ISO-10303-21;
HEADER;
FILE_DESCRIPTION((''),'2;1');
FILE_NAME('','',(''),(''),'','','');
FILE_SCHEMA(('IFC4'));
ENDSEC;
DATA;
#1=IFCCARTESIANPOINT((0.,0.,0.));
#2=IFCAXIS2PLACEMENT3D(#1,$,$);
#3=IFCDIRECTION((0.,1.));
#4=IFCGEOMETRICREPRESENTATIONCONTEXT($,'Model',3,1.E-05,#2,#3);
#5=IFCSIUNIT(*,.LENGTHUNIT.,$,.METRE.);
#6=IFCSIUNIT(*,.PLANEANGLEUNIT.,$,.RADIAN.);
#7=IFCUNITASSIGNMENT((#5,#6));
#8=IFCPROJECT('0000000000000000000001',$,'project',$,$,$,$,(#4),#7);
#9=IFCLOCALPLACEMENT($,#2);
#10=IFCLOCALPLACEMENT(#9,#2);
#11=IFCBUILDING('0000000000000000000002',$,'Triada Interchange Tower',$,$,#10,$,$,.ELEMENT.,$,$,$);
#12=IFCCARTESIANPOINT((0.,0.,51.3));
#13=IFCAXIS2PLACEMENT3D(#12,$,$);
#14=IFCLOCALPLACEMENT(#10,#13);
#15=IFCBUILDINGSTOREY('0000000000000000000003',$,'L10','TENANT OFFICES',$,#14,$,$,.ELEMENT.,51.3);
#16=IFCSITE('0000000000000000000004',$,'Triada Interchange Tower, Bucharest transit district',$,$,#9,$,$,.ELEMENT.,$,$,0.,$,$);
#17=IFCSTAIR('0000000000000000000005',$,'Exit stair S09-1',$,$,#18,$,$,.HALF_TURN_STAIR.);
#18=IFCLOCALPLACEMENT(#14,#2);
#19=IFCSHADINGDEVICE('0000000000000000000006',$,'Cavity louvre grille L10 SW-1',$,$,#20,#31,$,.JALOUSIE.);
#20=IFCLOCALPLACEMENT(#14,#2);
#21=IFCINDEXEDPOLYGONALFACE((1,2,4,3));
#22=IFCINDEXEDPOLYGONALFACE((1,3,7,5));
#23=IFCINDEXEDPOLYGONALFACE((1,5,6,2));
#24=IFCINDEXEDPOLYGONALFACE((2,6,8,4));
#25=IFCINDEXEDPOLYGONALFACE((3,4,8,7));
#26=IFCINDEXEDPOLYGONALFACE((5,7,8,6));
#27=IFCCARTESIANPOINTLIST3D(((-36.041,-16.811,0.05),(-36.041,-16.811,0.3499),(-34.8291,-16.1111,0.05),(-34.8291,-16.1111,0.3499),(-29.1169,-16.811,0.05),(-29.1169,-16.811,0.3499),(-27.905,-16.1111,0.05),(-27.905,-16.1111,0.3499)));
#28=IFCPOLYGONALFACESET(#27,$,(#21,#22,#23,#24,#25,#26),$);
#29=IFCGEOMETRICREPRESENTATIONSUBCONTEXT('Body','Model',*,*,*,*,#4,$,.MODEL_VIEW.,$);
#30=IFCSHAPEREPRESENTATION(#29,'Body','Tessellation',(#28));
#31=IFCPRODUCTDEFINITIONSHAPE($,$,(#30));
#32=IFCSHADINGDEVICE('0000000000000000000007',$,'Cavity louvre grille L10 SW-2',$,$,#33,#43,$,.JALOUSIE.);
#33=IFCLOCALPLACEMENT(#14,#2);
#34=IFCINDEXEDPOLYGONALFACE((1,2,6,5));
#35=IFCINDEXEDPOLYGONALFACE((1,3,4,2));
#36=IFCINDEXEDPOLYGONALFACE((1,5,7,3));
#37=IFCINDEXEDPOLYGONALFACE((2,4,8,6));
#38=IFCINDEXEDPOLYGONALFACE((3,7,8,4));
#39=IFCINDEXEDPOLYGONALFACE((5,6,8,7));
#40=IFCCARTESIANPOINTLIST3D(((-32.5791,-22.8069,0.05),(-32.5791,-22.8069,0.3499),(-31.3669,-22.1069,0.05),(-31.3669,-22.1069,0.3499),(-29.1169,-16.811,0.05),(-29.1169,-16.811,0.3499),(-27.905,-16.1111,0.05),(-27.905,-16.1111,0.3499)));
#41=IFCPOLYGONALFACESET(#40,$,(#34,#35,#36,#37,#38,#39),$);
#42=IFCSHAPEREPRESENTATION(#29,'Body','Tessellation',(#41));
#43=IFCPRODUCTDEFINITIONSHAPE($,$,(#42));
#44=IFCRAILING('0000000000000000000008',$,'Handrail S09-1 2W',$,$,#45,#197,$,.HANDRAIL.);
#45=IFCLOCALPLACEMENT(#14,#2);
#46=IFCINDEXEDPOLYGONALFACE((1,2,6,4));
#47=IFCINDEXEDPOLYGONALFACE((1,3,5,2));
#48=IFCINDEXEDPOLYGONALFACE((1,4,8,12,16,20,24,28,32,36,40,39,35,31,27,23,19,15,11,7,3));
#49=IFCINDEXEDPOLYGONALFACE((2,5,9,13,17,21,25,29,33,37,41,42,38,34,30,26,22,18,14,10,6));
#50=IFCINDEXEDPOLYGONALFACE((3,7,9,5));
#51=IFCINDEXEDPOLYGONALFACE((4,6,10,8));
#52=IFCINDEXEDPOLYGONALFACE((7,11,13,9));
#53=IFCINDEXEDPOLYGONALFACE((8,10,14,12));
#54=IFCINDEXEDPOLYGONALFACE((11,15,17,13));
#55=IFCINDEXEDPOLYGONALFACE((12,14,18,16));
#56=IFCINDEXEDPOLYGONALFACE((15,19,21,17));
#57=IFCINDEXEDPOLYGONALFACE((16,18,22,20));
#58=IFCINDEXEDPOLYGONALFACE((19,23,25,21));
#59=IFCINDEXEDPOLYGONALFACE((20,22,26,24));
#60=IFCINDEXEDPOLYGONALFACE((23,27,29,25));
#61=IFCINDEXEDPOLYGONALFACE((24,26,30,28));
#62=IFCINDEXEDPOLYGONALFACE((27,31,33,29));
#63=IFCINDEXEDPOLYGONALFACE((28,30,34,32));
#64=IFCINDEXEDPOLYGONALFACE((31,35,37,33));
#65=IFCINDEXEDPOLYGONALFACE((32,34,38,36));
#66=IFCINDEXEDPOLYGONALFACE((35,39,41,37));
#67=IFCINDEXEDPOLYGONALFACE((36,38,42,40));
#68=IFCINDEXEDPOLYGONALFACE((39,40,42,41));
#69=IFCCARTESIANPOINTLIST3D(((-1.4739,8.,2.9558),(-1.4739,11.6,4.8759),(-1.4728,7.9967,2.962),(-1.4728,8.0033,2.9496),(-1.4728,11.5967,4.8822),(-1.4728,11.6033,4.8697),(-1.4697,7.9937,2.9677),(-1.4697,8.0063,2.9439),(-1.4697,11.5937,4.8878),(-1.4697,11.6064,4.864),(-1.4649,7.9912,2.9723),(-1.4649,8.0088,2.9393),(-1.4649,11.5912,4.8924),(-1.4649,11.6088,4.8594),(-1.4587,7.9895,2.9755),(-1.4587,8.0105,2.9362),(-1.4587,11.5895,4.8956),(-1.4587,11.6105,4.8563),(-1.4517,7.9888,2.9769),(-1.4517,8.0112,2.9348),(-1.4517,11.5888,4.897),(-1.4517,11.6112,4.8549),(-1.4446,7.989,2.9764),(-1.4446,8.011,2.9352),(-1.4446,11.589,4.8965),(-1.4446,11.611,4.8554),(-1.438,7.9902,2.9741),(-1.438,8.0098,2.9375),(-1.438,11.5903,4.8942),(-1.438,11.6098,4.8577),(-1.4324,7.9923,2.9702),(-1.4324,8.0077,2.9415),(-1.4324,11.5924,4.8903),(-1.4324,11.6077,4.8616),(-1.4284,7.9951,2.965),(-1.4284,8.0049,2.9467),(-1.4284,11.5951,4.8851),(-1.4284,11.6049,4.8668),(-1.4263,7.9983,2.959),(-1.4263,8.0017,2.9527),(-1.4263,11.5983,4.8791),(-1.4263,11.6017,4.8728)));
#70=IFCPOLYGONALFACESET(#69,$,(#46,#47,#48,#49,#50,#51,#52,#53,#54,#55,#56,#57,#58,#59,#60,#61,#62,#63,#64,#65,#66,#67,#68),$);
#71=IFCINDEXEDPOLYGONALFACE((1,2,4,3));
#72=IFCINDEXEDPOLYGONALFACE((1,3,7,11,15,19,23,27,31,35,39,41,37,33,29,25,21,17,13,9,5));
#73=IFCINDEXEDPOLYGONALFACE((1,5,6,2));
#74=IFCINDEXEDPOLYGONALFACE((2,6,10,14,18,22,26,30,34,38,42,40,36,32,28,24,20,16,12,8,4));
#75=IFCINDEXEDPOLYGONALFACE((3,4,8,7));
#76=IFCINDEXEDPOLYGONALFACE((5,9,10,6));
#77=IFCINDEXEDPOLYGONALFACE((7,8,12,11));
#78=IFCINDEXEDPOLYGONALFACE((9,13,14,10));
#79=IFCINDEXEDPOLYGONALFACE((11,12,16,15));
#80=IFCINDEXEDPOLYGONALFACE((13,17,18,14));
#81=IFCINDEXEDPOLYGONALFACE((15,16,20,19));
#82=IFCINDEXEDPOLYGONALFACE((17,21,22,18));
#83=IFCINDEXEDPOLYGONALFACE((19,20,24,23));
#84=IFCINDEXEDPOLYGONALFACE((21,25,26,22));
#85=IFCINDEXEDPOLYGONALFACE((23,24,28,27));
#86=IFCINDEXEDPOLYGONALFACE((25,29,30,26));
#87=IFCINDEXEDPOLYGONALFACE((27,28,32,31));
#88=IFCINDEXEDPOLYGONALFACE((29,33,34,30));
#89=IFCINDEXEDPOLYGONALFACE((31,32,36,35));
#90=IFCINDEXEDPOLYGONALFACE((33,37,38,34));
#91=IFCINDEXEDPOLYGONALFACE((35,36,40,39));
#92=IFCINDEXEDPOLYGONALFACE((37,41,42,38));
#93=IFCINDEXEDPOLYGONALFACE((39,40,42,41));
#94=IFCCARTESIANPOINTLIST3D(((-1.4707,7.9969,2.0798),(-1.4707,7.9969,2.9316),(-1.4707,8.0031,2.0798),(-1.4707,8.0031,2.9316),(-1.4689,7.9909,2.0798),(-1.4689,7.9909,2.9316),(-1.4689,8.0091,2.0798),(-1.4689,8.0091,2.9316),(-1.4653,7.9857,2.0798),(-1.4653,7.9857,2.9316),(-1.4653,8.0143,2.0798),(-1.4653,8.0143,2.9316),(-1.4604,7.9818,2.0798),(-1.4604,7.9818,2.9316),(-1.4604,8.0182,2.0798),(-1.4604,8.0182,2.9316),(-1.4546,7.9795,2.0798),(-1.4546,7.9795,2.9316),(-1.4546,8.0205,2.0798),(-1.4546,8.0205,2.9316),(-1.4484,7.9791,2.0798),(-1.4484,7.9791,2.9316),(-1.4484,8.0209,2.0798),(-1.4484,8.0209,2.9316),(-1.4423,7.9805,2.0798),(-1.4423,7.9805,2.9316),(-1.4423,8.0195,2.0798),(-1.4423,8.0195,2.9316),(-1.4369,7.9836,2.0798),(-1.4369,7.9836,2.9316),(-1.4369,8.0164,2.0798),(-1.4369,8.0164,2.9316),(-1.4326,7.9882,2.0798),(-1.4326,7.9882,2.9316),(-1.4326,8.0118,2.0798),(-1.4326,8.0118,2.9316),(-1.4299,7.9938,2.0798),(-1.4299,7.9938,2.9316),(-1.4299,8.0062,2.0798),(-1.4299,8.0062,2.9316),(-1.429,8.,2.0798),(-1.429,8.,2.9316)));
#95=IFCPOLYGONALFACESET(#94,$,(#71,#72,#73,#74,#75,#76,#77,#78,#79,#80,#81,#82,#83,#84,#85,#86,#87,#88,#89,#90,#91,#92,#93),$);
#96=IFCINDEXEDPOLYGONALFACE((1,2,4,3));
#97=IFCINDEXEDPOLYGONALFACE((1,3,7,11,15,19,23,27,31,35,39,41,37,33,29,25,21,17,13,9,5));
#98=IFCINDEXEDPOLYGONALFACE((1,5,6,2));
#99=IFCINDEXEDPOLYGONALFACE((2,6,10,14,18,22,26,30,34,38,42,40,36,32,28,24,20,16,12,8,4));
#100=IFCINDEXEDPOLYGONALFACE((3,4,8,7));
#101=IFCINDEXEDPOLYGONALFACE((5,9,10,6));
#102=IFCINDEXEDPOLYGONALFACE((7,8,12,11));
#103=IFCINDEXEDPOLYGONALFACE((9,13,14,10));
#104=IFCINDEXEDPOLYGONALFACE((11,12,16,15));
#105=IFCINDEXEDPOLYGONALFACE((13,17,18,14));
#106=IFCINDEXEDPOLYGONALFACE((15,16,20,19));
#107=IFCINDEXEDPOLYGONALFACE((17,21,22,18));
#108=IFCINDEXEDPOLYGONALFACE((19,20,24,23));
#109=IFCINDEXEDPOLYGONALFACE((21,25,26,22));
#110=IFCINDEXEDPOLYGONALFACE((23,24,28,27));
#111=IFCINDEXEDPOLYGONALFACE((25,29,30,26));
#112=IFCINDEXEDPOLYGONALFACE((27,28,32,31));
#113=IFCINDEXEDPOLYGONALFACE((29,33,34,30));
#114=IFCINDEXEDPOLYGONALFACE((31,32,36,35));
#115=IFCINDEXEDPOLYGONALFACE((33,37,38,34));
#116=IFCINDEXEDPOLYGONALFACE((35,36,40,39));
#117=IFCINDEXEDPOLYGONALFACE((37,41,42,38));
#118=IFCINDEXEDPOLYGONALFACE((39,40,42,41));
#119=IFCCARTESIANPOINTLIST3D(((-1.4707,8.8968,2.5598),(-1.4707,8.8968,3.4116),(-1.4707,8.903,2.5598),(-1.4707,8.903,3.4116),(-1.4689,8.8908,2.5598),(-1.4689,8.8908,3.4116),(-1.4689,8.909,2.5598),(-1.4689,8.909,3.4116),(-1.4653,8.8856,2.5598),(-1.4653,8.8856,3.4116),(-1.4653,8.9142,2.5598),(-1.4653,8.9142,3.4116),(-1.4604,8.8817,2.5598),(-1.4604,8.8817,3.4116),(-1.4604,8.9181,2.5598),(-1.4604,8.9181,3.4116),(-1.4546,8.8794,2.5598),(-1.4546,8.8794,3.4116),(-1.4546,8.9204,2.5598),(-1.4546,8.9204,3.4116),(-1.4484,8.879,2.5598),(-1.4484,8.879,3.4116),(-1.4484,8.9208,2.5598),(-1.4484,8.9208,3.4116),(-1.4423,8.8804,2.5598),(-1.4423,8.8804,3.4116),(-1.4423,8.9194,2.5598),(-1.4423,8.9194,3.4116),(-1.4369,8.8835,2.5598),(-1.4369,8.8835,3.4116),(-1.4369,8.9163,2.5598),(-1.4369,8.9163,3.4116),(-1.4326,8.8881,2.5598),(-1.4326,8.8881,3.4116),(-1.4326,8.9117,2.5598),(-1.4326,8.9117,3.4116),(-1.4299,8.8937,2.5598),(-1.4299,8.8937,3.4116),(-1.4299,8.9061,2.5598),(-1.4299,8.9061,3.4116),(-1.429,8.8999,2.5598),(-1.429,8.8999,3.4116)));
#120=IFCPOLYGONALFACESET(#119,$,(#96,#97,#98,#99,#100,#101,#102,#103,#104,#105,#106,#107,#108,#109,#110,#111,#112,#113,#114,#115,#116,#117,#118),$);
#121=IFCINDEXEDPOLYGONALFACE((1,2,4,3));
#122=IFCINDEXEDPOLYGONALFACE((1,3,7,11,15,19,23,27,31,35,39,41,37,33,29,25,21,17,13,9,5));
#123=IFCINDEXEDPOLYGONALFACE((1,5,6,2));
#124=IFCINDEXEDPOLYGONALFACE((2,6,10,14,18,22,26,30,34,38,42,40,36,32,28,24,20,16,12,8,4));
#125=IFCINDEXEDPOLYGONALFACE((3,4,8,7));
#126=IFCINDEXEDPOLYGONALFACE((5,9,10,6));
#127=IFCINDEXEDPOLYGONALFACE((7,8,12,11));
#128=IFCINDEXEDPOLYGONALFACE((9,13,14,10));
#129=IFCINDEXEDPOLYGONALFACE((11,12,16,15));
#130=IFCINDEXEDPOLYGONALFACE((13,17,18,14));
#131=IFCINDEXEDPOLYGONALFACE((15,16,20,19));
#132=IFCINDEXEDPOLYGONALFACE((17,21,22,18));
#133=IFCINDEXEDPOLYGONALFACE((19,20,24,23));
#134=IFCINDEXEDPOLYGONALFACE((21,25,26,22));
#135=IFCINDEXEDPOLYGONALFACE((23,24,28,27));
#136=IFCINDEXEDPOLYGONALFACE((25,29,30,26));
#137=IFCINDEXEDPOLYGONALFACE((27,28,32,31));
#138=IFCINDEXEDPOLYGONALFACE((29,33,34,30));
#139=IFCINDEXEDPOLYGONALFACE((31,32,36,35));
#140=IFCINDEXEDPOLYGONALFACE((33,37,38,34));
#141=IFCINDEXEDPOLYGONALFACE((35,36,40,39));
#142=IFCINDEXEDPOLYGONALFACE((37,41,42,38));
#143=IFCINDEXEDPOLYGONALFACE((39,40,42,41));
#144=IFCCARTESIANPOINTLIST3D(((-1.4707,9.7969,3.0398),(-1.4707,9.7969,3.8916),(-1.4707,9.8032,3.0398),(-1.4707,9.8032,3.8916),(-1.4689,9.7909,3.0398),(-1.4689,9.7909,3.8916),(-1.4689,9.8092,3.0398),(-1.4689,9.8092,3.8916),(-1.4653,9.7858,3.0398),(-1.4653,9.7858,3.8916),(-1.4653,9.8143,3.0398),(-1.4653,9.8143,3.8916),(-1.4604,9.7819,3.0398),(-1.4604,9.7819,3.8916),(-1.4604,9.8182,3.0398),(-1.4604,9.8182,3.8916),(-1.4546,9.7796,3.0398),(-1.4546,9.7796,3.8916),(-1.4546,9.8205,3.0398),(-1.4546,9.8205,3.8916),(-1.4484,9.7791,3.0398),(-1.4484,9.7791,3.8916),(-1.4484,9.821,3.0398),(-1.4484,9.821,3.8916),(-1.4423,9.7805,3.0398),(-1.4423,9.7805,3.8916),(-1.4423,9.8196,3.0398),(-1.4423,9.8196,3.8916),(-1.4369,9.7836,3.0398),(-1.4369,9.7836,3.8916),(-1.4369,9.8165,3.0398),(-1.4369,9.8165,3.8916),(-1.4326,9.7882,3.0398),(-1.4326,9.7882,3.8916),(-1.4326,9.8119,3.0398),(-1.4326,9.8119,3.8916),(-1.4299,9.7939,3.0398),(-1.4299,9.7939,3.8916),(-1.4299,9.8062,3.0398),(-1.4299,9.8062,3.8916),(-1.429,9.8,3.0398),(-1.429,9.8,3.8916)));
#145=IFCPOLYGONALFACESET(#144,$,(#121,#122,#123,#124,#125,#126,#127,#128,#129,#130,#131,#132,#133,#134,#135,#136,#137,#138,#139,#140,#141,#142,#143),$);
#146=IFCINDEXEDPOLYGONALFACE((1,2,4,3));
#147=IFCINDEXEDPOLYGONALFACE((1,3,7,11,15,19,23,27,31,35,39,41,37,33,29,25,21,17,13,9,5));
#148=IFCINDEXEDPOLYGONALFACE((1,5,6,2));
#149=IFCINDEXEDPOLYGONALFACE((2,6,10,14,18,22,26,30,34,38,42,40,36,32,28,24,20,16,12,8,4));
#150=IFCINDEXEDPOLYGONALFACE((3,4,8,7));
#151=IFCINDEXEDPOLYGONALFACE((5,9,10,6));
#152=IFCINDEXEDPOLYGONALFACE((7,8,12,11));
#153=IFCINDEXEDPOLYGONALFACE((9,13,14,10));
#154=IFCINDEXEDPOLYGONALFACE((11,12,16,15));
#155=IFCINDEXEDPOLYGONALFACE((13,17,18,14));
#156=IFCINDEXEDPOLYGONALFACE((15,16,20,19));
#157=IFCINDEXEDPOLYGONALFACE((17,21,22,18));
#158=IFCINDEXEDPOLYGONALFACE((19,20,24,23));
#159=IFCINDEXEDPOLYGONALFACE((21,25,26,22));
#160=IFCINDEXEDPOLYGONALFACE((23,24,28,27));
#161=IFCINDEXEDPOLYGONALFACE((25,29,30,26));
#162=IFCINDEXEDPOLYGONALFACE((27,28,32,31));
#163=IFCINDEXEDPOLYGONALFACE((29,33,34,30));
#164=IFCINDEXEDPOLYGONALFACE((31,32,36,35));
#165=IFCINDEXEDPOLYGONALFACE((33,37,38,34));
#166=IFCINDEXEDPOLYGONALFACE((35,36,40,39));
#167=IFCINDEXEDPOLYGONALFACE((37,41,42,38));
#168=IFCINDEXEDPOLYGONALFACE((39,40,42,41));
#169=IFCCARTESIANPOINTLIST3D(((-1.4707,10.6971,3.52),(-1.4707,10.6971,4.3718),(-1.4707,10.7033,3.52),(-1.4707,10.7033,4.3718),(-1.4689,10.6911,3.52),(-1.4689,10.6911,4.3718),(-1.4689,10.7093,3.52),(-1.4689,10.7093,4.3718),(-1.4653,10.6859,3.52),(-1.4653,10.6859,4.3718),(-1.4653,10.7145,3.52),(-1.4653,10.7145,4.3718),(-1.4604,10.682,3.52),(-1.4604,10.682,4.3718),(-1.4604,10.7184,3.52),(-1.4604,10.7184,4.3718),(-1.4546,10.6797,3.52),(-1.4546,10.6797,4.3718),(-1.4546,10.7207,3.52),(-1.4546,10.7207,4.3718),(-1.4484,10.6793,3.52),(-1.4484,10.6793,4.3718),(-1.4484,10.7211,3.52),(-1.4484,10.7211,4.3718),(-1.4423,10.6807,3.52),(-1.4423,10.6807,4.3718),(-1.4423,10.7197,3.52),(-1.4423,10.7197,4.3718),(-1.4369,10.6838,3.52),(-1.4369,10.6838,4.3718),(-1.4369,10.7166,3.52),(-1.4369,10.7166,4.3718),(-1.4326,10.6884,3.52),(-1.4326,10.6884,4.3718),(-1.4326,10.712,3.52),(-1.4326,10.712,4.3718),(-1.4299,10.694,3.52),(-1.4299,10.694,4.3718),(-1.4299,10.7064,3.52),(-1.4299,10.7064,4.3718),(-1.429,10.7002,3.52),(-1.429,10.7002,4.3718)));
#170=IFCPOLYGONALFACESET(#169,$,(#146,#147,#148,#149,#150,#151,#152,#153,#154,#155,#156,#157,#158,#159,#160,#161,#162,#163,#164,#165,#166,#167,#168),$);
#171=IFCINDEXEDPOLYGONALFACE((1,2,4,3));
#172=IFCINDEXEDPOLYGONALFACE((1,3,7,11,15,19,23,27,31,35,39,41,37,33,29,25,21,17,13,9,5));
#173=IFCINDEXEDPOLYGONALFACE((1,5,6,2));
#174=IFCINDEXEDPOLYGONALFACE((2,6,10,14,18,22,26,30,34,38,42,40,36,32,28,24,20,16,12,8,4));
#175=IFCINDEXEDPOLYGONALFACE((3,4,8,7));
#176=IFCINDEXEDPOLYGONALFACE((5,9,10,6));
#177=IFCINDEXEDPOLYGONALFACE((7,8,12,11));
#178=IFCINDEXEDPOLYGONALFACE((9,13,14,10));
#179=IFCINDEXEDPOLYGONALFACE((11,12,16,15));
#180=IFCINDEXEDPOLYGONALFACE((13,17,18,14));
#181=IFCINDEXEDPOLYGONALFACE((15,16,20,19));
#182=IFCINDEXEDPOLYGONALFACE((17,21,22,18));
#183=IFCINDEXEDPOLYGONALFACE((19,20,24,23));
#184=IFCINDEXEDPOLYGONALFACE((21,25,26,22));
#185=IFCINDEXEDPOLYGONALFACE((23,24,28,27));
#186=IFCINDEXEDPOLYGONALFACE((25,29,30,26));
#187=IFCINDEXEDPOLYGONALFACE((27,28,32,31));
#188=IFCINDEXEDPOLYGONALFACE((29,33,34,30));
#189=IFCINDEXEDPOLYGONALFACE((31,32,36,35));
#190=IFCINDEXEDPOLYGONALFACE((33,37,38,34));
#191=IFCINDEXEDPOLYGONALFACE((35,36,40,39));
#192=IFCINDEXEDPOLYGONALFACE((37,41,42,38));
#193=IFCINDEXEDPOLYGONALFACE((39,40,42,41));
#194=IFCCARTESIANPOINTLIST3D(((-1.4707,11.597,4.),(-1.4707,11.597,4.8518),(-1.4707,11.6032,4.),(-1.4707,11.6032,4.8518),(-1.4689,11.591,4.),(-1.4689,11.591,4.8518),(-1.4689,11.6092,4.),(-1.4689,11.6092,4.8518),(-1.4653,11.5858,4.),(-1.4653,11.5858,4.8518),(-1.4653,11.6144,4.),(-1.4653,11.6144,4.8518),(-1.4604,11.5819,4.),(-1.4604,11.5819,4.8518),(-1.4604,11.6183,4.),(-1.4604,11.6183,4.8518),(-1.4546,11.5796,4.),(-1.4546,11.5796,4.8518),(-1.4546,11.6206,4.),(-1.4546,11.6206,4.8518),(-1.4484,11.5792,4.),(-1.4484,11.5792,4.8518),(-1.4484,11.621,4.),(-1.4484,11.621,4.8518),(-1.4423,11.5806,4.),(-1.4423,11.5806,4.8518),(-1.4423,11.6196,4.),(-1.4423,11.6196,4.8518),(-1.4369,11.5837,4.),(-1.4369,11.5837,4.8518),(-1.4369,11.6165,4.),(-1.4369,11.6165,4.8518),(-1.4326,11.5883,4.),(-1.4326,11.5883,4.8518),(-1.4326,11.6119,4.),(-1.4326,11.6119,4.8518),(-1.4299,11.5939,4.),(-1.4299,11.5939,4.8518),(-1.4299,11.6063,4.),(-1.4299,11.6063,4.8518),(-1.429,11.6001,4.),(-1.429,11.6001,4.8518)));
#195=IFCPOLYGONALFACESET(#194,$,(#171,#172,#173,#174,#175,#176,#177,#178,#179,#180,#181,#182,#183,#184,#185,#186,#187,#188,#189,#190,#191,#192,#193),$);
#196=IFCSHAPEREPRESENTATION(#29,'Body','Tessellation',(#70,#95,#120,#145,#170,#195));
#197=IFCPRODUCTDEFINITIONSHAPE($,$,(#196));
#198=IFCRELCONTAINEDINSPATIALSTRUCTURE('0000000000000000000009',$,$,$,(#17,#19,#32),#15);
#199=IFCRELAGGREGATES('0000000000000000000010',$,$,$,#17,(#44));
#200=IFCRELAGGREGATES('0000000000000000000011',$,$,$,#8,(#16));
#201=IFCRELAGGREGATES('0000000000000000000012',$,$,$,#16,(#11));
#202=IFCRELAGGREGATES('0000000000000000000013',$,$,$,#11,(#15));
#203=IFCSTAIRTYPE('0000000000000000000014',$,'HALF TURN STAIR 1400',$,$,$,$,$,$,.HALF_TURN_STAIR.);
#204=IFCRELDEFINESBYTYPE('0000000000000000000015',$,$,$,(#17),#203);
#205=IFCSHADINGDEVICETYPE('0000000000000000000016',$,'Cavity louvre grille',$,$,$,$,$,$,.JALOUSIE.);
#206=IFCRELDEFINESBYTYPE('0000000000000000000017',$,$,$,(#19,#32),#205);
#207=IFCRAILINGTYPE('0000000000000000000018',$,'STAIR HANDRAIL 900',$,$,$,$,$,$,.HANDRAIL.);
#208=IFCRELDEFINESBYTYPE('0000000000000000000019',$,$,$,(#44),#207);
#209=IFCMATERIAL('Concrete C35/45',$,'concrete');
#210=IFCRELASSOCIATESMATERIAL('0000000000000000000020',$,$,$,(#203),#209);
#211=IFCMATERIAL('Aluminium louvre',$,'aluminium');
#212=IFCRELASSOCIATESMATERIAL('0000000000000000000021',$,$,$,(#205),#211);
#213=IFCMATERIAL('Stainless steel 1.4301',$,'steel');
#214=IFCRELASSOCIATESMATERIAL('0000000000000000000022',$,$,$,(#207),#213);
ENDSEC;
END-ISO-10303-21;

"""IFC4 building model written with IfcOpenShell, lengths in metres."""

from ifc_helpers import new_model, si_unit, direction, frame, origin, origin_2d, place, context, subcontext, project, spatial, polyline, circle, outline, extrude, material, type_object, element, aggregate, save


model = new_model("IFC4")

# Units and contexts
model_context = context("Model", 3, precision=1e-05, world=origin(), true_north=direction((0.0, 1.0)))
body_context = subcontext(model_context, "Body", "Model", "MODEL_VIEW")
ifc_project = project(units=[si_unit("LENGTHUNIT", "METRE"), si_unit("PLANEANGLEUNIT", "RADIAN")], contexts=[model_context])

# Site, building, storey
site_placement = place(None, origin())
site = spatial("IfcSite", under=ifc_project, at=site_placement, Name="Triada Interchange Tower, Bucharest transit district", CompositionType="ELEMENT", RefElevation=0.0)
building_placement = place(site_placement, origin())
building = spatial("IfcBuilding", under=site, at=building_placement, Name="Triada Interchange Tower", CompositionType="ELEMENT")
storey_placement = place(building_placement, frame((0.0, 0.0, 51.3)))
storey = spatial("IfcBuildingStorey", under=building, at=storey_placement, Name="L10", Description="TENANT OFFICES", CompositionType="ELEMENT", Elevation=51.3)

# Stair
ifc_material_1 = material(Name="Concrete C35/45", Category="concrete")
stair_type = type_object("IfcStairType", Name="HALF TURN STAIR 1400", PredefinedType="HALF_TURN_STAIR", material=ifc_material_1)
stair_placement = place(storey_placement, origin())
stair = element("IfcStair", 1, at=stair_placement, inside=storey, type_object=stair_type, Name="Exit stair S09-1", PredefinedType="HALF_TURN_STAIR")

# Shading devices
ifc_material_2 = material(Name="Aluminium louvre", Category="aluminium")
shading_device_type = type_object("IfcShadingDeviceType", Name="Cavity louvre grille", PredefinedType="JALOUSIE", material=ifc_material_2)
shading_device_1_placement = place(storey_placement, frame((0.0, 0.0, 0.05)))
element("IfcShadingDevice", 2, at=shading_device_1_placement, inside=storey, type_object=shading_device_type, Name="Cavity louvre grille L10 SW-1", PredefinedType="JALOUSIE", context=body_context, shape_type="SweptSolid", body=[
    extrude(outline(polyline([(-34.8291, -16.1111), (-36.041, -16.811), (-29.1169, -16.811), (-27.905, -16.1111), (-34.8291, -16.1111)])), origin(), (0.0, 0.0, 1.0), 0.2998),
])
shading_device_2_placement = place(storey_placement, frame((0.0, 0.0, 0.05)))
element("IfcShadingDevice", 3, at=shading_device_2_placement, inside=storey, type_object=shading_device_type, Name="Cavity louvre grille L10 SW-2", PredefinedType="JALOUSIE", context=body_context, shape_type="SweptSolid", body=[
    extrude(outline(polyline([(-27.905, -16.1111), (-29.1169, -16.811), (-32.5791, -22.8069), (-31.3669, -22.1069), (-27.905, -16.1111)])), origin(), (0.0, 0.0, 1.0), 0.2998),
])

# Railing
ifc_material_3 = material(Name="Stainless steel 1.4301", Category="steel")
railing_type = type_object("IfcRailingType", Name="STAIR HANDRAIL 900", PredefinedType="HANDRAIL", material=ifc_material_3)
railing_1_placement = place(storey_placement, frame((-1.45, 8.0, 2.0798)))
railing_1 = element("IfcRailing", 4, at=railing_1_placement, type_object=railing_type, Name="Handrail S09-1 2W", PredefinedType="HANDRAIL", context=body_context, shape_type="SweptSolid", body=[
    extrude(circle(Radius=0.0239, at=origin_2d()), frame((0.0, 0.0, 0.876), z_axis=(0.0, 0.882341, 0.47061), x_axis=(-1.0, 0.0, 0.0)), (0.0, 0.0, 1.0), 4.0801),
    extrude(circle(Radius=0.021, at=origin_2d()), origin(), (0.0, 0.0, 1.0), 0.8518),
    extrude(circle(Radius=0.021, at=origin_2d()), frame((0.0, 0.8999, 0.48)), (0.0, 0.0, 1.0), 0.8518),
    extrude(circle(Radius=0.021, at=origin_2d()), frame((0.0, 1.8, 0.96)), (0.0, 0.0, 1.0), 0.8518),
    extrude(circle(Radius=0.021, at=origin_2d()), frame((0.0, 2.7002, 1.4402)), (0.0, 0.0, 1.0), 0.8518),
    extrude(circle(Radius=0.021, at=origin_2d()), frame((0.0, 3.6001, 1.9202)), (0.0, 0.0, 1.0), 0.8518),
])
aggregate(stair, [railing_1])

save(model, "model.ifc")
